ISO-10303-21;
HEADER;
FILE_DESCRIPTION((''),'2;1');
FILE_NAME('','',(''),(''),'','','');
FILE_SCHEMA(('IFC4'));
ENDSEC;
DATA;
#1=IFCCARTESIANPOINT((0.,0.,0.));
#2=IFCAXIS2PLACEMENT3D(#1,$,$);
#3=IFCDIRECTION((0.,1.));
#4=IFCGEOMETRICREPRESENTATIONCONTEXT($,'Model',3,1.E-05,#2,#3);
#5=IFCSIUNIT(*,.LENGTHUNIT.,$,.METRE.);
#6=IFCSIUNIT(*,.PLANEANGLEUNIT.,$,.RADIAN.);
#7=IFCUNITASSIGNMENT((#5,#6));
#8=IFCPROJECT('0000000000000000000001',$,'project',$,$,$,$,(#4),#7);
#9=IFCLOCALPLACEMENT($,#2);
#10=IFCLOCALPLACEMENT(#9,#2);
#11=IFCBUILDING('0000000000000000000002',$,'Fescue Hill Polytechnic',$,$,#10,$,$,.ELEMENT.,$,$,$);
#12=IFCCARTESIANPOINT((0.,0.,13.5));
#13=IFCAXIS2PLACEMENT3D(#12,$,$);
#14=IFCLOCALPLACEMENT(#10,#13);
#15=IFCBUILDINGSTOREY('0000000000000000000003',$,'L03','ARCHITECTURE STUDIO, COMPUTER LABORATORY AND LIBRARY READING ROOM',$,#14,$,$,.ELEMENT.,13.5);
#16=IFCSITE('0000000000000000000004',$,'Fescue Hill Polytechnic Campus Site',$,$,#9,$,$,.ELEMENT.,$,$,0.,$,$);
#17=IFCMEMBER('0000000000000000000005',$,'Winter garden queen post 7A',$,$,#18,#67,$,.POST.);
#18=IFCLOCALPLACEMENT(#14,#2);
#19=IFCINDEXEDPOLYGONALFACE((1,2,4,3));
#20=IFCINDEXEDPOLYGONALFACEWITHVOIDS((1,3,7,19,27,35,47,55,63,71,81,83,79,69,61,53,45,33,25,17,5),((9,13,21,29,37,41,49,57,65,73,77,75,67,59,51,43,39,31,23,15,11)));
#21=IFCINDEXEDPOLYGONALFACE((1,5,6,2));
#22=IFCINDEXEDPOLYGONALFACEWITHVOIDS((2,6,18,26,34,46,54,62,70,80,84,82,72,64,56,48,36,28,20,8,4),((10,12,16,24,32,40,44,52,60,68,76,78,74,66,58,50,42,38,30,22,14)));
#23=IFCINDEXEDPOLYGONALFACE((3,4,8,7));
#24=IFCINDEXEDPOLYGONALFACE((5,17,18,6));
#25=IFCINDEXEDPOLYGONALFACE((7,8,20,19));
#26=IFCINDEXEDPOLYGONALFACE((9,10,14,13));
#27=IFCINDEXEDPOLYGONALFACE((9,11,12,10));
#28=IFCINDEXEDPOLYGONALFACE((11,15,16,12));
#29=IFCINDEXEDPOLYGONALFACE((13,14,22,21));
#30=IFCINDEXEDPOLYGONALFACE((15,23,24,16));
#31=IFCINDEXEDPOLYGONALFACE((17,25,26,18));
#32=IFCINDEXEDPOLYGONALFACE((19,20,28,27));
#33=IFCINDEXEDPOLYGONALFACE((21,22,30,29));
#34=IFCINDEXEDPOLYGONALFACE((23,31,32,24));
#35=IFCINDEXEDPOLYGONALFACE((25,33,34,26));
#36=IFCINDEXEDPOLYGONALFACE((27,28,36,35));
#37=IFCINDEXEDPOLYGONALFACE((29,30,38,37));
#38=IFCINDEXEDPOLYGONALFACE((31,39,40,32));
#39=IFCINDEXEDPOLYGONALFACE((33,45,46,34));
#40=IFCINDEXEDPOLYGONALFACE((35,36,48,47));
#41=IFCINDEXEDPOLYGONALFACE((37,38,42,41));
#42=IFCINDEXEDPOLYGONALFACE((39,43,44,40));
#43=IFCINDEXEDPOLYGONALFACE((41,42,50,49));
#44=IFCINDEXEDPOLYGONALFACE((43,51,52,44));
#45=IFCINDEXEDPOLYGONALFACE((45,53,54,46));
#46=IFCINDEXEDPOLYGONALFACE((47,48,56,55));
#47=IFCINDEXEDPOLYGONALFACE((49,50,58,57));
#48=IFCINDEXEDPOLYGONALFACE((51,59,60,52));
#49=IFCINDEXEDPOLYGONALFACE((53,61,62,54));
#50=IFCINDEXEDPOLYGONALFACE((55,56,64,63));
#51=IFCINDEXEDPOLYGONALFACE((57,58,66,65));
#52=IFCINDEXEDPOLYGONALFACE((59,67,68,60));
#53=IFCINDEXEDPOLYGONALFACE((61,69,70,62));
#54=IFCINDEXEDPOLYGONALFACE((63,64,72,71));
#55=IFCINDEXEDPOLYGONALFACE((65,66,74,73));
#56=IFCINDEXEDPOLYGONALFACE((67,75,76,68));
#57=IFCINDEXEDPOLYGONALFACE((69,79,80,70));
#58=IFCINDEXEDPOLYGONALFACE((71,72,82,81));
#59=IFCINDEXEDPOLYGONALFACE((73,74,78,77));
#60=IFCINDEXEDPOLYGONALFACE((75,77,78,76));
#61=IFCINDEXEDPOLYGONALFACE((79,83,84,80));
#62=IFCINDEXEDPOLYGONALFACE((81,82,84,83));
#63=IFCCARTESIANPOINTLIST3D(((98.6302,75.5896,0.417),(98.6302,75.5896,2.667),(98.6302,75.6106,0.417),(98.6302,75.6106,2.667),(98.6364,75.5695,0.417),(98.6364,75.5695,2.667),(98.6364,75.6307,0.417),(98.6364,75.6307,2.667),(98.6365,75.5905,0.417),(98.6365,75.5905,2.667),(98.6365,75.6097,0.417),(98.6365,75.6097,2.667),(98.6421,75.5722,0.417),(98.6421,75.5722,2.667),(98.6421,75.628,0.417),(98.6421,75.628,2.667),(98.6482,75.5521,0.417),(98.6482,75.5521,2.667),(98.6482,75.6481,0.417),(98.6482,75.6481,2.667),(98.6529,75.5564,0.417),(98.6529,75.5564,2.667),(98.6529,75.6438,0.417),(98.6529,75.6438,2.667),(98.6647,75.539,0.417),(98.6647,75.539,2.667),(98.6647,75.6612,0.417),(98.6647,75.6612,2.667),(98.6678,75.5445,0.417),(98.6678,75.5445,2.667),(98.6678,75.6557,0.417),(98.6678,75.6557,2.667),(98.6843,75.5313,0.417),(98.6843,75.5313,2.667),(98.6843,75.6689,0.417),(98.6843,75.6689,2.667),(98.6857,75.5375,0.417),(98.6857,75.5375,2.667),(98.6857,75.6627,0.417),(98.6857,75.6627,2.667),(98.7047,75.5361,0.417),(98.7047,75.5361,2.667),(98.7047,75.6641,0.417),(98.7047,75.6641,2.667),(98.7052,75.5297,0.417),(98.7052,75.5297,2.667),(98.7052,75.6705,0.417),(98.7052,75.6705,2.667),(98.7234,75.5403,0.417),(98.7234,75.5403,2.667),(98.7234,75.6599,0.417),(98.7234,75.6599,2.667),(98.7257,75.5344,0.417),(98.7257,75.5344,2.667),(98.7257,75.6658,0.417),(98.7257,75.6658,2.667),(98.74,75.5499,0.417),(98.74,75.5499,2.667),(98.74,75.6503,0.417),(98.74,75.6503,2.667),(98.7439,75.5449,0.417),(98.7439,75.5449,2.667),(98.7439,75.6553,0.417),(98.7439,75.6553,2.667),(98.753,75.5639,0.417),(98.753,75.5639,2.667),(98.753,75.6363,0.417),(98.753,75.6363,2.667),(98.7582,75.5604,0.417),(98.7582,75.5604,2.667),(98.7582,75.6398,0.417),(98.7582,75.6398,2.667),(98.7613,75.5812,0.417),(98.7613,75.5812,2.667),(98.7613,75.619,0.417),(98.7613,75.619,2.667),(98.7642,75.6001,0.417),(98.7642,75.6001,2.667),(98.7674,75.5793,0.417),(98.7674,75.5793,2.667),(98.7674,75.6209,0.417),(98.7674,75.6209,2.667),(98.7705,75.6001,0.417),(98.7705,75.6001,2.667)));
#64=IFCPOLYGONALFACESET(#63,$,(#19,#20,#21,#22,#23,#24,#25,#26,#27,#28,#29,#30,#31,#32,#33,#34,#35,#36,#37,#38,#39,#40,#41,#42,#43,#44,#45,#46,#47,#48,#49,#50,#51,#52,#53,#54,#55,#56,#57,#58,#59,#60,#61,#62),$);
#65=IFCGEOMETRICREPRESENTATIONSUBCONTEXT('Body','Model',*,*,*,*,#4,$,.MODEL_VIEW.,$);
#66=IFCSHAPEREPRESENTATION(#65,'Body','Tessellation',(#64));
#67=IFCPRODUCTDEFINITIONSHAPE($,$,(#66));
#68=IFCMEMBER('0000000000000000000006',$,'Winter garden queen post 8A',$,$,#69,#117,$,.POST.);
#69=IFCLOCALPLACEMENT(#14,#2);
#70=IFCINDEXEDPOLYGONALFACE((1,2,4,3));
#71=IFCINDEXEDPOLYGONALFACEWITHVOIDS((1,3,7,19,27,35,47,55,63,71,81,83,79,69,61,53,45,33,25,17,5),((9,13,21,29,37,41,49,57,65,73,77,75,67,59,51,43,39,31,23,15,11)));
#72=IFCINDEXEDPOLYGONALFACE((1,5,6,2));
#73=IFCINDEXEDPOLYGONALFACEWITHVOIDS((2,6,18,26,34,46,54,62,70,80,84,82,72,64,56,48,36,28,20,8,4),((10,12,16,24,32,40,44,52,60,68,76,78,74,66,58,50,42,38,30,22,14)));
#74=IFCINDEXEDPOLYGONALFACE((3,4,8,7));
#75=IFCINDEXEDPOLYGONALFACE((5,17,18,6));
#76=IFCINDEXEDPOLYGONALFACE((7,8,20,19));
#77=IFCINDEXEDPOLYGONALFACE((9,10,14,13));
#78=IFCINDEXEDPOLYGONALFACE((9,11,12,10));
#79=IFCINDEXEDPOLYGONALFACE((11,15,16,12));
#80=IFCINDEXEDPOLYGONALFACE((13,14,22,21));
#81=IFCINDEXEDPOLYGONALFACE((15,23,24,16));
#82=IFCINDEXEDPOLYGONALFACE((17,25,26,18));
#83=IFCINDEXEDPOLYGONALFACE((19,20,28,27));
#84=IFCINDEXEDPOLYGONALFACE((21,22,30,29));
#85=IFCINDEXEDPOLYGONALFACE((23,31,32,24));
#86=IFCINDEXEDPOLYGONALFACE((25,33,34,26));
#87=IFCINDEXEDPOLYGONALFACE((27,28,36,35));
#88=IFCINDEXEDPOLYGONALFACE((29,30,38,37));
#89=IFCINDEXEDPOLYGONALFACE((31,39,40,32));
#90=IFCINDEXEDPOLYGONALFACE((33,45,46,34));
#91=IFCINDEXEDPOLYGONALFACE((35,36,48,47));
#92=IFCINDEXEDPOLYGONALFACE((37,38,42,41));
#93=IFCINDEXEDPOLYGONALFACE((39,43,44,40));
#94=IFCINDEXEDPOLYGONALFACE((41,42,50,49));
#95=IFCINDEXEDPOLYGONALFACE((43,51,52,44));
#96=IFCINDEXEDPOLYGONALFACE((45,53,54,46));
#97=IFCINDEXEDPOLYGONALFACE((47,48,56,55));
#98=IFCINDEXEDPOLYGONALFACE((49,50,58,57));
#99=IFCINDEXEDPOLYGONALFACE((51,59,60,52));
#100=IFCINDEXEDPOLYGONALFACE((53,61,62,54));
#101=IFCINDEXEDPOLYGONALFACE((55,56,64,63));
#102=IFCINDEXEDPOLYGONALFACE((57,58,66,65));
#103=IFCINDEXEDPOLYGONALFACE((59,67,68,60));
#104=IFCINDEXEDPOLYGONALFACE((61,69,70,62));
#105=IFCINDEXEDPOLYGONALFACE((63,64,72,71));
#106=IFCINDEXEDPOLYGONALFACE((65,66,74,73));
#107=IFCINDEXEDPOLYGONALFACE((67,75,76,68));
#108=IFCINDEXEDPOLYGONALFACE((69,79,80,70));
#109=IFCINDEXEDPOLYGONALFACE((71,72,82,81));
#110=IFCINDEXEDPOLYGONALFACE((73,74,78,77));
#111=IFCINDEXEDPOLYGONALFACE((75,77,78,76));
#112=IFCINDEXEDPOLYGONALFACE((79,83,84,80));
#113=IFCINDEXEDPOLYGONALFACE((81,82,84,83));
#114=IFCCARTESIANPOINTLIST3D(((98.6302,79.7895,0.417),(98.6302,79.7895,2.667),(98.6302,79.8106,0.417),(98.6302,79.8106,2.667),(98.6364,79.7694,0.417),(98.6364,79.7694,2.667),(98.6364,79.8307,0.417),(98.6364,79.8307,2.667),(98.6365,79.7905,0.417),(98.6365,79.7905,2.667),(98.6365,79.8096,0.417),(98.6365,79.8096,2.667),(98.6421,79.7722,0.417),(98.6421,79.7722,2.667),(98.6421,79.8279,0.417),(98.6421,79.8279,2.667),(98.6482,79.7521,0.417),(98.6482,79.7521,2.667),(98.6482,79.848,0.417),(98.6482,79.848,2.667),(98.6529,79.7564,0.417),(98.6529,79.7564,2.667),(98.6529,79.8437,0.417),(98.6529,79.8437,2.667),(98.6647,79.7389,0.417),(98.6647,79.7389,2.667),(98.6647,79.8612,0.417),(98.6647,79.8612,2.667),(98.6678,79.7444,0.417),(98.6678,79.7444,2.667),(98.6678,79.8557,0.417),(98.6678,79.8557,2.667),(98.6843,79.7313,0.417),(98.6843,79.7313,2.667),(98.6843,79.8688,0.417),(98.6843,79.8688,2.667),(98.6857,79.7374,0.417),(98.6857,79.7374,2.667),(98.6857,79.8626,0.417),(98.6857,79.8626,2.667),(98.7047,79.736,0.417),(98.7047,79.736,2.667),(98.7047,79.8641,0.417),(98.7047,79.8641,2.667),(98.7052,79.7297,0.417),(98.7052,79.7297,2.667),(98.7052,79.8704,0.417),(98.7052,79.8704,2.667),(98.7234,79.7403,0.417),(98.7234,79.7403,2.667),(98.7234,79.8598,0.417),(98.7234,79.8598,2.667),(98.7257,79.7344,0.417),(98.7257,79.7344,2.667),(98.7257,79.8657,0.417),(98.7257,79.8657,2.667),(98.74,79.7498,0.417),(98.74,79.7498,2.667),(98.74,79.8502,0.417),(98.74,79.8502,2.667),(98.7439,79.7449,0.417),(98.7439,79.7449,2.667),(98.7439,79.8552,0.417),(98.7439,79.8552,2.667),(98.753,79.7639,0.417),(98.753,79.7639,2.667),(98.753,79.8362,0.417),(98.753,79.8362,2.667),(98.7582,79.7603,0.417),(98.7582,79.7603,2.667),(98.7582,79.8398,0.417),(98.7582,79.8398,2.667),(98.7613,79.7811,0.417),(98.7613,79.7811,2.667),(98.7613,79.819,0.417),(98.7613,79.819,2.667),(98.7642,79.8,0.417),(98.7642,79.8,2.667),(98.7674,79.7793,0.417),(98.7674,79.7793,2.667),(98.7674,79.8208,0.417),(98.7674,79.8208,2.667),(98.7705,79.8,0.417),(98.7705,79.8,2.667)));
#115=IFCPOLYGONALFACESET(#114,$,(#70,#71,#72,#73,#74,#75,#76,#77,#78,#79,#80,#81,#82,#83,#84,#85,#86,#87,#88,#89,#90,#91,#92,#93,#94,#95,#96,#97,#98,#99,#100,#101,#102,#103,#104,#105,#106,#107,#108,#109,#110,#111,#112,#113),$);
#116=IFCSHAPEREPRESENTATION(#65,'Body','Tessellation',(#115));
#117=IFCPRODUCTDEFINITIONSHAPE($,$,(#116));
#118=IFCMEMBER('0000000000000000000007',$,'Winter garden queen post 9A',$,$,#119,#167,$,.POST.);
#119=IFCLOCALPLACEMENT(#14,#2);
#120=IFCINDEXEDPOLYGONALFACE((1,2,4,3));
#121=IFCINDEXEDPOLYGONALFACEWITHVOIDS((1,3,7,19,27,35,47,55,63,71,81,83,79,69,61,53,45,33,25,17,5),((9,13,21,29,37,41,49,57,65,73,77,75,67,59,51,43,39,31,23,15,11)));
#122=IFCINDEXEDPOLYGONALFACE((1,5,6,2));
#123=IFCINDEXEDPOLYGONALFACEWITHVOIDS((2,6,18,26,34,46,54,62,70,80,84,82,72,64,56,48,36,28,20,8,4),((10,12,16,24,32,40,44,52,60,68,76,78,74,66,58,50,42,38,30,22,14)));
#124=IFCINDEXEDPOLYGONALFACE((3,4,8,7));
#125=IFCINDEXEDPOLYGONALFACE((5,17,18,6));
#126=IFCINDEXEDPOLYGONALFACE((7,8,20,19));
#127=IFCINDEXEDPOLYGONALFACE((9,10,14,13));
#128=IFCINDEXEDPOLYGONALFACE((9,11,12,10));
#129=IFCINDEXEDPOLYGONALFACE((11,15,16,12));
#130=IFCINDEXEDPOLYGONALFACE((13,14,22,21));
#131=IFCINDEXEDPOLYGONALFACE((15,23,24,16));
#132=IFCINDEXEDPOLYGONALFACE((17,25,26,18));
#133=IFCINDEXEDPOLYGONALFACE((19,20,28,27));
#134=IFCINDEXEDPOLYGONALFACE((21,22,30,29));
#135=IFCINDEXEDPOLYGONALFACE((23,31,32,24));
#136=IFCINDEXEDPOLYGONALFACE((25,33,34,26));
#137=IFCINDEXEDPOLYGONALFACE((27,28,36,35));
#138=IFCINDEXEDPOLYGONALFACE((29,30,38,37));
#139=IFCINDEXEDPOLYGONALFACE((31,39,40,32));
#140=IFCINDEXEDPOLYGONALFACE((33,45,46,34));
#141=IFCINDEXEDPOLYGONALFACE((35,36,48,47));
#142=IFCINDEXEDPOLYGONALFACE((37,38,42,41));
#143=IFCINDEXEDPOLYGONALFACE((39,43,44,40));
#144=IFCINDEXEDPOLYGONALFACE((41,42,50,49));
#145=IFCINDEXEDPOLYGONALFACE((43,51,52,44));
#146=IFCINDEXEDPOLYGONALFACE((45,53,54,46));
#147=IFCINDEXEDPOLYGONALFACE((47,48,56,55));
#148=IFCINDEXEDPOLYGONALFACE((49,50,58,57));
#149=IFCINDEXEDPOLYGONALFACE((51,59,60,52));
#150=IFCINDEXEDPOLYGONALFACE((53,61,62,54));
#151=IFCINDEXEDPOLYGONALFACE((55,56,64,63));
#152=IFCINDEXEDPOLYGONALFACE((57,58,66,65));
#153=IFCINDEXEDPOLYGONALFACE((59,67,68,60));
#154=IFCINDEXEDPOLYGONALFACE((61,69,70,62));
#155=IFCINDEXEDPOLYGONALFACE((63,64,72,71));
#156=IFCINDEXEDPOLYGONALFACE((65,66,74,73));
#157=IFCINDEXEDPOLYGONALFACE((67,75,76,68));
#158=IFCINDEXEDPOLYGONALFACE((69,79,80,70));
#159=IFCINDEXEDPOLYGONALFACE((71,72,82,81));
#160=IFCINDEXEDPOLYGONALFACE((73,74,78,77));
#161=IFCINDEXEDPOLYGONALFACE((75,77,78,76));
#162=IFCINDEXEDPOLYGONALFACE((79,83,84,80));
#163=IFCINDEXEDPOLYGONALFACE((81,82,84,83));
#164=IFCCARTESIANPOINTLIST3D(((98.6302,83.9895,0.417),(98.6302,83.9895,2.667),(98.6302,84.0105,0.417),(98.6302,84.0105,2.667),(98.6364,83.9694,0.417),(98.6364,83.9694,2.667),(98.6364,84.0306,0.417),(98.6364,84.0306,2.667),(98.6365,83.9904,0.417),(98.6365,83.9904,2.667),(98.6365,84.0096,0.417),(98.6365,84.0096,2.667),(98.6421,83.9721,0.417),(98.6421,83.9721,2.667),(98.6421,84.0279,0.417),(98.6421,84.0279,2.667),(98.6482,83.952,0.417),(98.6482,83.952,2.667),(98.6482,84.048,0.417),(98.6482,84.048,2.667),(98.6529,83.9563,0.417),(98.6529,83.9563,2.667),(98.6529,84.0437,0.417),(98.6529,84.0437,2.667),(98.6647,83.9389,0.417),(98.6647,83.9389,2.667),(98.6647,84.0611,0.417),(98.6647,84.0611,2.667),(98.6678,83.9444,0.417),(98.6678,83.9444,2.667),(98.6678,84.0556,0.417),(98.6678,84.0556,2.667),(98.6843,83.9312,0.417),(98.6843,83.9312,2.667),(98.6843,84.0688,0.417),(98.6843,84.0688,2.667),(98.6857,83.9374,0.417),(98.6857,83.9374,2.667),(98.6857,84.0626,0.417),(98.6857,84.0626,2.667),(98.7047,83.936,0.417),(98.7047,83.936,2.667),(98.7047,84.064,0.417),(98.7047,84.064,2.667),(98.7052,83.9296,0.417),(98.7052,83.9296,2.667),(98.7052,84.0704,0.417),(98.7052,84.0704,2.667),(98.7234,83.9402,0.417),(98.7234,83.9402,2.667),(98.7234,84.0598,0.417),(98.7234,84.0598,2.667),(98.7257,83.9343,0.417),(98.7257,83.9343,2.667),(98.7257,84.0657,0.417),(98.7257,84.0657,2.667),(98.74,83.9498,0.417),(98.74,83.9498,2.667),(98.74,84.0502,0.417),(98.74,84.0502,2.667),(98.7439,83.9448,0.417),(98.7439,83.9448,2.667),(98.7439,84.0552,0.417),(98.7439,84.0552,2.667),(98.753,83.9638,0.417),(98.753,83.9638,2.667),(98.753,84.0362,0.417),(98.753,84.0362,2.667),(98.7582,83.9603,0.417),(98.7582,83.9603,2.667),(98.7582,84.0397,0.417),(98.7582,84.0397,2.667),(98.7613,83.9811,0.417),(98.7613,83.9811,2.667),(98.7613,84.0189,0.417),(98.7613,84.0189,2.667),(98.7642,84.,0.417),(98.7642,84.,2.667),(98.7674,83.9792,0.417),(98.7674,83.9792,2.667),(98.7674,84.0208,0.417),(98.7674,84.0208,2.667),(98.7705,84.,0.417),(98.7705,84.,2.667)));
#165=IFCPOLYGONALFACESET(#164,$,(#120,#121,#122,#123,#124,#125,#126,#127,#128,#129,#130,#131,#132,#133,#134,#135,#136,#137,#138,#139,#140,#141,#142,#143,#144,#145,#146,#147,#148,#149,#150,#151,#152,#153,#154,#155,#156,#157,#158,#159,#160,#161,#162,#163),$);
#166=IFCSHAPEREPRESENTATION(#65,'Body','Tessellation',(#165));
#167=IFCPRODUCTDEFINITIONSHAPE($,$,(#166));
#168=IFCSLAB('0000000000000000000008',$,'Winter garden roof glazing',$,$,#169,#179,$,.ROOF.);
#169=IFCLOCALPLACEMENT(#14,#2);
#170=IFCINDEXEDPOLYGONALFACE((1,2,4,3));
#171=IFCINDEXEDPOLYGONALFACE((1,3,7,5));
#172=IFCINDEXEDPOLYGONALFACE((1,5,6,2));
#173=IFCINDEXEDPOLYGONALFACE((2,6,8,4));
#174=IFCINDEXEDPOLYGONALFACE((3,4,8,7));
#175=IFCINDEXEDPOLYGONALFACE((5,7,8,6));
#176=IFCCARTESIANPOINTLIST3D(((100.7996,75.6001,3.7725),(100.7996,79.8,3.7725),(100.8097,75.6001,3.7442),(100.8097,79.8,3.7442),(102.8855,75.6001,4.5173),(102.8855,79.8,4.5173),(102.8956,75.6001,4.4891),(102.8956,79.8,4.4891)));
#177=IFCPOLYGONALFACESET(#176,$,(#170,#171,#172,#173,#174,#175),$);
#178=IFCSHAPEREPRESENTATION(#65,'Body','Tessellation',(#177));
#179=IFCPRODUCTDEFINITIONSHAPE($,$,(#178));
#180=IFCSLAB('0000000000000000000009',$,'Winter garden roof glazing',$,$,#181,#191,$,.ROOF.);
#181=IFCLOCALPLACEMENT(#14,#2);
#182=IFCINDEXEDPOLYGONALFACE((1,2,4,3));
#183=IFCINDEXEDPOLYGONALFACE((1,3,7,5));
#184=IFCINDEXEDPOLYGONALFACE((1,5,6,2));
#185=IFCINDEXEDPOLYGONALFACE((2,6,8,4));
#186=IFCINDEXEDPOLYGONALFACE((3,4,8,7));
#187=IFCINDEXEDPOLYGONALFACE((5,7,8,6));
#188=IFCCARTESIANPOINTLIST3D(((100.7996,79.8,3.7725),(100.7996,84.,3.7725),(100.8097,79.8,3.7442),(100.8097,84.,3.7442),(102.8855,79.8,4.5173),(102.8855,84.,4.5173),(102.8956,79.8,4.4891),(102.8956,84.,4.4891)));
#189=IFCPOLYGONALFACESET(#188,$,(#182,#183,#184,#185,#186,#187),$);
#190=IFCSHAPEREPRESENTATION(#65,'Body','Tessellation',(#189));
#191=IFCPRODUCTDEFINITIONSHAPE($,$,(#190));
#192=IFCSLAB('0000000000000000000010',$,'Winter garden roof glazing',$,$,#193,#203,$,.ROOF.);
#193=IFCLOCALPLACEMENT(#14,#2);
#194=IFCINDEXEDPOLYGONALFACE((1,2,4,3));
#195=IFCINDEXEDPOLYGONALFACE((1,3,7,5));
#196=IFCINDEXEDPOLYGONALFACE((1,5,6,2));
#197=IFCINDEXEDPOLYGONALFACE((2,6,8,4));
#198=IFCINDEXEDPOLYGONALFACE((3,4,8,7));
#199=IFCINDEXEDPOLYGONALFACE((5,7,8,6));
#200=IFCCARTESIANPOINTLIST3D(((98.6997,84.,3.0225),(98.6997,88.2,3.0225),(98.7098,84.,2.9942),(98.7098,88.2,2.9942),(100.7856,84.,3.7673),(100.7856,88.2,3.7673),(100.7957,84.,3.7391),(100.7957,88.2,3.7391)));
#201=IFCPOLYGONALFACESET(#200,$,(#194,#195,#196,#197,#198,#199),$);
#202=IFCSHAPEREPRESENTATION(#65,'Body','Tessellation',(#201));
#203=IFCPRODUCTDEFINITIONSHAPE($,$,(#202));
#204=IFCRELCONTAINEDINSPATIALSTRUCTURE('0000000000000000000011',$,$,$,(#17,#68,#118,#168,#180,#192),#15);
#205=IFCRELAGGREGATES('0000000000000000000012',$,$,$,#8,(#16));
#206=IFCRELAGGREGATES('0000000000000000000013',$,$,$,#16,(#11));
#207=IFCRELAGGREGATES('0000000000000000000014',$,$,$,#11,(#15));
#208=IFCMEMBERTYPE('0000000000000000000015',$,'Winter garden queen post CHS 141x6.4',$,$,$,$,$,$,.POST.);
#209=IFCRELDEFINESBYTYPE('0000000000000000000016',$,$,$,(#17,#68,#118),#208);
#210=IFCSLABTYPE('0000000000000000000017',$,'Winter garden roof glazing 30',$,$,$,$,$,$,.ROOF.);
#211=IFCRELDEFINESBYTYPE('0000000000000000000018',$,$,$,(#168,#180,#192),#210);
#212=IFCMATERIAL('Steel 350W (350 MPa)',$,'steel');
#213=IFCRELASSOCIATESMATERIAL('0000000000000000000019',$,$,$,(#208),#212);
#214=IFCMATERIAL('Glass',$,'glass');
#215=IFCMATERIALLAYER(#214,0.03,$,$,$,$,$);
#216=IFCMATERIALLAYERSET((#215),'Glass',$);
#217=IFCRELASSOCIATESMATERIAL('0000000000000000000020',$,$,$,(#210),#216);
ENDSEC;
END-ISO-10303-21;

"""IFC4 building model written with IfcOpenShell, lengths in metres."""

from ifc_helpers import new_model, si_unit, direction, frame, origin, origin_2d, place, context, subcontext, project, spatial, polyline, hollow_circle, outline, extrude, material, layer, layer_set, material_profile, profile_set, type_object, element, save


model = new_model("IFC4")

# Units and contexts
model_context = context("Model", 3, precision=1e-05, world=origin(), true_north=direction((0.0, 1.0)))
body_context = subcontext(model_context, "Body", "Model", "MODEL_VIEW")
ifc_project = project(units=[si_unit("LENGTHUNIT", "METRE"), si_unit("PLANEANGLEUNIT", "RADIAN")], contexts=[model_context])

# Site, building, storey
site_placement = place(None, origin())
site = spatial("IfcSite", under=ifc_project, at=site_placement, Name="Fescue Hill Polytechnic Campus Site", CompositionType="ELEMENT", RefElevation=0.0)
building_placement = place(site_placement, origin())
building = spatial("IfcBuilding", under=site, at=building_placement, Name="Fescue Hill Polytechnic", CompositionType="ELEMENT")
storey_placement = place(building_placement, frame((0.0, 0.0, 13.5)))
storey = spatial("IfcBuildingStorey", under=building, at=storey_placement, Name="L03", Description="ARCHITECTURE STUDIO, COMPUTER LABORATORY AND LIBRARY READING ROOM", CompositionType="ELEMENT", Elevation=13.5)

# Members
ifc_material_1 = material(Name="Steel 350W (350 MPa)", Category="steel")
ifc_material_profile_1 = material_profile(ifc_material_1, hollow_circle(Radius=0.0706, WallThickness=0.0063, at=origin_2d()), Name="Winter garden queen post CHS 141x6.4")
ifc_profile_set_1 = profile_set([ifc_material_profile_1], Name="Steel 350W (350 MPa)")
member_type_1 = type_object("IfcMemberType", Name="Winter garden queen post CHS 141x6.4", PredefinedType="POST", material=ifc_profile_set_1)
for number, where, z_axis, x_axis, name in (
    (1, (98.7, 75.6001, 0.417), (0.0, 0.0, 1.0), (1.0, 0.0, 0.0), "Winter garden queen post 7A"),
    (2, (98.7, 79.8, 0.417), (0.0, 0.0, 1.0), (1.0, 0.0, 0.0), "Winter garden queen post 8A"),
    (3, (98.7, 84.0, 0.417), (0.0, 0.0, 1.0), (1.0, 0.0, 0.0), "Winter garden queen post 9A"),
):
    element("IfcMember", number, at=place(storey_placement, frame(where, z_axis=z_axis, x_axis=x_axis)), inside=storey, type_object=member_type_1, Name=name, PredefinedType="POST", context=body_context, shape_type="SweptSolid", body=[
        extrude(hollow_circle(Radius=0.0706, WallThickness=0.0063, at=origin_2d()), origin(), (0.0, 0.0, 1.0), 2.25),
    ])

# Slabs
ifc_material_2 = material(Name="Glass", Category="glass")
ifc_layer = layer(ifc_material_2, 0.03)
ifc_layer_set = layer_set([ifc_layer], Name="Glass")
slab_type = type_object("IfcSlabType", Name="Winter garden roof glazing 30", PredefinedType="ROOF", material=ifc_layer_set)
for number, where, z_axis, x_axis, name in (
    (4, (100.7996, 75.6001, 3.7725), (-0.336295, 0.0, 0.941757), (0.0, 1.0, 0.0), "Winter garden roof glazing"),
    (5, (100.7996, 79.8, 3.7725), (-0.336295, 0.0, 0.941757), (0.0, 1.0, 0.0), "Winter garden roof glazing"),
    (6, (98.6997, 84.0, 3.0225), (-0.336295, 0.0, 0.941757), (0.0, 1.0, 0.0), "Winter garden roof glazing"),
):
    element("IfcSlab", number, at=place(storey_placement, frame(where, z_axis=z_axis, x_axis=x_axis)), inside=storey, type_object=slab_type, Name=name, PredefinedType="ROOF", context=body_context, shape_type="SweptSolid", body=[
        extrude(outline(polyline([(0.0, 0.0), (4.2, 0.0), (4.2, -2.2149), (0.0, -2.2149), (0.0, 0.0)])), origin(), (0.0, 0.0, -1.0), 0.03),
    ])

save(model, "model.ifc")
